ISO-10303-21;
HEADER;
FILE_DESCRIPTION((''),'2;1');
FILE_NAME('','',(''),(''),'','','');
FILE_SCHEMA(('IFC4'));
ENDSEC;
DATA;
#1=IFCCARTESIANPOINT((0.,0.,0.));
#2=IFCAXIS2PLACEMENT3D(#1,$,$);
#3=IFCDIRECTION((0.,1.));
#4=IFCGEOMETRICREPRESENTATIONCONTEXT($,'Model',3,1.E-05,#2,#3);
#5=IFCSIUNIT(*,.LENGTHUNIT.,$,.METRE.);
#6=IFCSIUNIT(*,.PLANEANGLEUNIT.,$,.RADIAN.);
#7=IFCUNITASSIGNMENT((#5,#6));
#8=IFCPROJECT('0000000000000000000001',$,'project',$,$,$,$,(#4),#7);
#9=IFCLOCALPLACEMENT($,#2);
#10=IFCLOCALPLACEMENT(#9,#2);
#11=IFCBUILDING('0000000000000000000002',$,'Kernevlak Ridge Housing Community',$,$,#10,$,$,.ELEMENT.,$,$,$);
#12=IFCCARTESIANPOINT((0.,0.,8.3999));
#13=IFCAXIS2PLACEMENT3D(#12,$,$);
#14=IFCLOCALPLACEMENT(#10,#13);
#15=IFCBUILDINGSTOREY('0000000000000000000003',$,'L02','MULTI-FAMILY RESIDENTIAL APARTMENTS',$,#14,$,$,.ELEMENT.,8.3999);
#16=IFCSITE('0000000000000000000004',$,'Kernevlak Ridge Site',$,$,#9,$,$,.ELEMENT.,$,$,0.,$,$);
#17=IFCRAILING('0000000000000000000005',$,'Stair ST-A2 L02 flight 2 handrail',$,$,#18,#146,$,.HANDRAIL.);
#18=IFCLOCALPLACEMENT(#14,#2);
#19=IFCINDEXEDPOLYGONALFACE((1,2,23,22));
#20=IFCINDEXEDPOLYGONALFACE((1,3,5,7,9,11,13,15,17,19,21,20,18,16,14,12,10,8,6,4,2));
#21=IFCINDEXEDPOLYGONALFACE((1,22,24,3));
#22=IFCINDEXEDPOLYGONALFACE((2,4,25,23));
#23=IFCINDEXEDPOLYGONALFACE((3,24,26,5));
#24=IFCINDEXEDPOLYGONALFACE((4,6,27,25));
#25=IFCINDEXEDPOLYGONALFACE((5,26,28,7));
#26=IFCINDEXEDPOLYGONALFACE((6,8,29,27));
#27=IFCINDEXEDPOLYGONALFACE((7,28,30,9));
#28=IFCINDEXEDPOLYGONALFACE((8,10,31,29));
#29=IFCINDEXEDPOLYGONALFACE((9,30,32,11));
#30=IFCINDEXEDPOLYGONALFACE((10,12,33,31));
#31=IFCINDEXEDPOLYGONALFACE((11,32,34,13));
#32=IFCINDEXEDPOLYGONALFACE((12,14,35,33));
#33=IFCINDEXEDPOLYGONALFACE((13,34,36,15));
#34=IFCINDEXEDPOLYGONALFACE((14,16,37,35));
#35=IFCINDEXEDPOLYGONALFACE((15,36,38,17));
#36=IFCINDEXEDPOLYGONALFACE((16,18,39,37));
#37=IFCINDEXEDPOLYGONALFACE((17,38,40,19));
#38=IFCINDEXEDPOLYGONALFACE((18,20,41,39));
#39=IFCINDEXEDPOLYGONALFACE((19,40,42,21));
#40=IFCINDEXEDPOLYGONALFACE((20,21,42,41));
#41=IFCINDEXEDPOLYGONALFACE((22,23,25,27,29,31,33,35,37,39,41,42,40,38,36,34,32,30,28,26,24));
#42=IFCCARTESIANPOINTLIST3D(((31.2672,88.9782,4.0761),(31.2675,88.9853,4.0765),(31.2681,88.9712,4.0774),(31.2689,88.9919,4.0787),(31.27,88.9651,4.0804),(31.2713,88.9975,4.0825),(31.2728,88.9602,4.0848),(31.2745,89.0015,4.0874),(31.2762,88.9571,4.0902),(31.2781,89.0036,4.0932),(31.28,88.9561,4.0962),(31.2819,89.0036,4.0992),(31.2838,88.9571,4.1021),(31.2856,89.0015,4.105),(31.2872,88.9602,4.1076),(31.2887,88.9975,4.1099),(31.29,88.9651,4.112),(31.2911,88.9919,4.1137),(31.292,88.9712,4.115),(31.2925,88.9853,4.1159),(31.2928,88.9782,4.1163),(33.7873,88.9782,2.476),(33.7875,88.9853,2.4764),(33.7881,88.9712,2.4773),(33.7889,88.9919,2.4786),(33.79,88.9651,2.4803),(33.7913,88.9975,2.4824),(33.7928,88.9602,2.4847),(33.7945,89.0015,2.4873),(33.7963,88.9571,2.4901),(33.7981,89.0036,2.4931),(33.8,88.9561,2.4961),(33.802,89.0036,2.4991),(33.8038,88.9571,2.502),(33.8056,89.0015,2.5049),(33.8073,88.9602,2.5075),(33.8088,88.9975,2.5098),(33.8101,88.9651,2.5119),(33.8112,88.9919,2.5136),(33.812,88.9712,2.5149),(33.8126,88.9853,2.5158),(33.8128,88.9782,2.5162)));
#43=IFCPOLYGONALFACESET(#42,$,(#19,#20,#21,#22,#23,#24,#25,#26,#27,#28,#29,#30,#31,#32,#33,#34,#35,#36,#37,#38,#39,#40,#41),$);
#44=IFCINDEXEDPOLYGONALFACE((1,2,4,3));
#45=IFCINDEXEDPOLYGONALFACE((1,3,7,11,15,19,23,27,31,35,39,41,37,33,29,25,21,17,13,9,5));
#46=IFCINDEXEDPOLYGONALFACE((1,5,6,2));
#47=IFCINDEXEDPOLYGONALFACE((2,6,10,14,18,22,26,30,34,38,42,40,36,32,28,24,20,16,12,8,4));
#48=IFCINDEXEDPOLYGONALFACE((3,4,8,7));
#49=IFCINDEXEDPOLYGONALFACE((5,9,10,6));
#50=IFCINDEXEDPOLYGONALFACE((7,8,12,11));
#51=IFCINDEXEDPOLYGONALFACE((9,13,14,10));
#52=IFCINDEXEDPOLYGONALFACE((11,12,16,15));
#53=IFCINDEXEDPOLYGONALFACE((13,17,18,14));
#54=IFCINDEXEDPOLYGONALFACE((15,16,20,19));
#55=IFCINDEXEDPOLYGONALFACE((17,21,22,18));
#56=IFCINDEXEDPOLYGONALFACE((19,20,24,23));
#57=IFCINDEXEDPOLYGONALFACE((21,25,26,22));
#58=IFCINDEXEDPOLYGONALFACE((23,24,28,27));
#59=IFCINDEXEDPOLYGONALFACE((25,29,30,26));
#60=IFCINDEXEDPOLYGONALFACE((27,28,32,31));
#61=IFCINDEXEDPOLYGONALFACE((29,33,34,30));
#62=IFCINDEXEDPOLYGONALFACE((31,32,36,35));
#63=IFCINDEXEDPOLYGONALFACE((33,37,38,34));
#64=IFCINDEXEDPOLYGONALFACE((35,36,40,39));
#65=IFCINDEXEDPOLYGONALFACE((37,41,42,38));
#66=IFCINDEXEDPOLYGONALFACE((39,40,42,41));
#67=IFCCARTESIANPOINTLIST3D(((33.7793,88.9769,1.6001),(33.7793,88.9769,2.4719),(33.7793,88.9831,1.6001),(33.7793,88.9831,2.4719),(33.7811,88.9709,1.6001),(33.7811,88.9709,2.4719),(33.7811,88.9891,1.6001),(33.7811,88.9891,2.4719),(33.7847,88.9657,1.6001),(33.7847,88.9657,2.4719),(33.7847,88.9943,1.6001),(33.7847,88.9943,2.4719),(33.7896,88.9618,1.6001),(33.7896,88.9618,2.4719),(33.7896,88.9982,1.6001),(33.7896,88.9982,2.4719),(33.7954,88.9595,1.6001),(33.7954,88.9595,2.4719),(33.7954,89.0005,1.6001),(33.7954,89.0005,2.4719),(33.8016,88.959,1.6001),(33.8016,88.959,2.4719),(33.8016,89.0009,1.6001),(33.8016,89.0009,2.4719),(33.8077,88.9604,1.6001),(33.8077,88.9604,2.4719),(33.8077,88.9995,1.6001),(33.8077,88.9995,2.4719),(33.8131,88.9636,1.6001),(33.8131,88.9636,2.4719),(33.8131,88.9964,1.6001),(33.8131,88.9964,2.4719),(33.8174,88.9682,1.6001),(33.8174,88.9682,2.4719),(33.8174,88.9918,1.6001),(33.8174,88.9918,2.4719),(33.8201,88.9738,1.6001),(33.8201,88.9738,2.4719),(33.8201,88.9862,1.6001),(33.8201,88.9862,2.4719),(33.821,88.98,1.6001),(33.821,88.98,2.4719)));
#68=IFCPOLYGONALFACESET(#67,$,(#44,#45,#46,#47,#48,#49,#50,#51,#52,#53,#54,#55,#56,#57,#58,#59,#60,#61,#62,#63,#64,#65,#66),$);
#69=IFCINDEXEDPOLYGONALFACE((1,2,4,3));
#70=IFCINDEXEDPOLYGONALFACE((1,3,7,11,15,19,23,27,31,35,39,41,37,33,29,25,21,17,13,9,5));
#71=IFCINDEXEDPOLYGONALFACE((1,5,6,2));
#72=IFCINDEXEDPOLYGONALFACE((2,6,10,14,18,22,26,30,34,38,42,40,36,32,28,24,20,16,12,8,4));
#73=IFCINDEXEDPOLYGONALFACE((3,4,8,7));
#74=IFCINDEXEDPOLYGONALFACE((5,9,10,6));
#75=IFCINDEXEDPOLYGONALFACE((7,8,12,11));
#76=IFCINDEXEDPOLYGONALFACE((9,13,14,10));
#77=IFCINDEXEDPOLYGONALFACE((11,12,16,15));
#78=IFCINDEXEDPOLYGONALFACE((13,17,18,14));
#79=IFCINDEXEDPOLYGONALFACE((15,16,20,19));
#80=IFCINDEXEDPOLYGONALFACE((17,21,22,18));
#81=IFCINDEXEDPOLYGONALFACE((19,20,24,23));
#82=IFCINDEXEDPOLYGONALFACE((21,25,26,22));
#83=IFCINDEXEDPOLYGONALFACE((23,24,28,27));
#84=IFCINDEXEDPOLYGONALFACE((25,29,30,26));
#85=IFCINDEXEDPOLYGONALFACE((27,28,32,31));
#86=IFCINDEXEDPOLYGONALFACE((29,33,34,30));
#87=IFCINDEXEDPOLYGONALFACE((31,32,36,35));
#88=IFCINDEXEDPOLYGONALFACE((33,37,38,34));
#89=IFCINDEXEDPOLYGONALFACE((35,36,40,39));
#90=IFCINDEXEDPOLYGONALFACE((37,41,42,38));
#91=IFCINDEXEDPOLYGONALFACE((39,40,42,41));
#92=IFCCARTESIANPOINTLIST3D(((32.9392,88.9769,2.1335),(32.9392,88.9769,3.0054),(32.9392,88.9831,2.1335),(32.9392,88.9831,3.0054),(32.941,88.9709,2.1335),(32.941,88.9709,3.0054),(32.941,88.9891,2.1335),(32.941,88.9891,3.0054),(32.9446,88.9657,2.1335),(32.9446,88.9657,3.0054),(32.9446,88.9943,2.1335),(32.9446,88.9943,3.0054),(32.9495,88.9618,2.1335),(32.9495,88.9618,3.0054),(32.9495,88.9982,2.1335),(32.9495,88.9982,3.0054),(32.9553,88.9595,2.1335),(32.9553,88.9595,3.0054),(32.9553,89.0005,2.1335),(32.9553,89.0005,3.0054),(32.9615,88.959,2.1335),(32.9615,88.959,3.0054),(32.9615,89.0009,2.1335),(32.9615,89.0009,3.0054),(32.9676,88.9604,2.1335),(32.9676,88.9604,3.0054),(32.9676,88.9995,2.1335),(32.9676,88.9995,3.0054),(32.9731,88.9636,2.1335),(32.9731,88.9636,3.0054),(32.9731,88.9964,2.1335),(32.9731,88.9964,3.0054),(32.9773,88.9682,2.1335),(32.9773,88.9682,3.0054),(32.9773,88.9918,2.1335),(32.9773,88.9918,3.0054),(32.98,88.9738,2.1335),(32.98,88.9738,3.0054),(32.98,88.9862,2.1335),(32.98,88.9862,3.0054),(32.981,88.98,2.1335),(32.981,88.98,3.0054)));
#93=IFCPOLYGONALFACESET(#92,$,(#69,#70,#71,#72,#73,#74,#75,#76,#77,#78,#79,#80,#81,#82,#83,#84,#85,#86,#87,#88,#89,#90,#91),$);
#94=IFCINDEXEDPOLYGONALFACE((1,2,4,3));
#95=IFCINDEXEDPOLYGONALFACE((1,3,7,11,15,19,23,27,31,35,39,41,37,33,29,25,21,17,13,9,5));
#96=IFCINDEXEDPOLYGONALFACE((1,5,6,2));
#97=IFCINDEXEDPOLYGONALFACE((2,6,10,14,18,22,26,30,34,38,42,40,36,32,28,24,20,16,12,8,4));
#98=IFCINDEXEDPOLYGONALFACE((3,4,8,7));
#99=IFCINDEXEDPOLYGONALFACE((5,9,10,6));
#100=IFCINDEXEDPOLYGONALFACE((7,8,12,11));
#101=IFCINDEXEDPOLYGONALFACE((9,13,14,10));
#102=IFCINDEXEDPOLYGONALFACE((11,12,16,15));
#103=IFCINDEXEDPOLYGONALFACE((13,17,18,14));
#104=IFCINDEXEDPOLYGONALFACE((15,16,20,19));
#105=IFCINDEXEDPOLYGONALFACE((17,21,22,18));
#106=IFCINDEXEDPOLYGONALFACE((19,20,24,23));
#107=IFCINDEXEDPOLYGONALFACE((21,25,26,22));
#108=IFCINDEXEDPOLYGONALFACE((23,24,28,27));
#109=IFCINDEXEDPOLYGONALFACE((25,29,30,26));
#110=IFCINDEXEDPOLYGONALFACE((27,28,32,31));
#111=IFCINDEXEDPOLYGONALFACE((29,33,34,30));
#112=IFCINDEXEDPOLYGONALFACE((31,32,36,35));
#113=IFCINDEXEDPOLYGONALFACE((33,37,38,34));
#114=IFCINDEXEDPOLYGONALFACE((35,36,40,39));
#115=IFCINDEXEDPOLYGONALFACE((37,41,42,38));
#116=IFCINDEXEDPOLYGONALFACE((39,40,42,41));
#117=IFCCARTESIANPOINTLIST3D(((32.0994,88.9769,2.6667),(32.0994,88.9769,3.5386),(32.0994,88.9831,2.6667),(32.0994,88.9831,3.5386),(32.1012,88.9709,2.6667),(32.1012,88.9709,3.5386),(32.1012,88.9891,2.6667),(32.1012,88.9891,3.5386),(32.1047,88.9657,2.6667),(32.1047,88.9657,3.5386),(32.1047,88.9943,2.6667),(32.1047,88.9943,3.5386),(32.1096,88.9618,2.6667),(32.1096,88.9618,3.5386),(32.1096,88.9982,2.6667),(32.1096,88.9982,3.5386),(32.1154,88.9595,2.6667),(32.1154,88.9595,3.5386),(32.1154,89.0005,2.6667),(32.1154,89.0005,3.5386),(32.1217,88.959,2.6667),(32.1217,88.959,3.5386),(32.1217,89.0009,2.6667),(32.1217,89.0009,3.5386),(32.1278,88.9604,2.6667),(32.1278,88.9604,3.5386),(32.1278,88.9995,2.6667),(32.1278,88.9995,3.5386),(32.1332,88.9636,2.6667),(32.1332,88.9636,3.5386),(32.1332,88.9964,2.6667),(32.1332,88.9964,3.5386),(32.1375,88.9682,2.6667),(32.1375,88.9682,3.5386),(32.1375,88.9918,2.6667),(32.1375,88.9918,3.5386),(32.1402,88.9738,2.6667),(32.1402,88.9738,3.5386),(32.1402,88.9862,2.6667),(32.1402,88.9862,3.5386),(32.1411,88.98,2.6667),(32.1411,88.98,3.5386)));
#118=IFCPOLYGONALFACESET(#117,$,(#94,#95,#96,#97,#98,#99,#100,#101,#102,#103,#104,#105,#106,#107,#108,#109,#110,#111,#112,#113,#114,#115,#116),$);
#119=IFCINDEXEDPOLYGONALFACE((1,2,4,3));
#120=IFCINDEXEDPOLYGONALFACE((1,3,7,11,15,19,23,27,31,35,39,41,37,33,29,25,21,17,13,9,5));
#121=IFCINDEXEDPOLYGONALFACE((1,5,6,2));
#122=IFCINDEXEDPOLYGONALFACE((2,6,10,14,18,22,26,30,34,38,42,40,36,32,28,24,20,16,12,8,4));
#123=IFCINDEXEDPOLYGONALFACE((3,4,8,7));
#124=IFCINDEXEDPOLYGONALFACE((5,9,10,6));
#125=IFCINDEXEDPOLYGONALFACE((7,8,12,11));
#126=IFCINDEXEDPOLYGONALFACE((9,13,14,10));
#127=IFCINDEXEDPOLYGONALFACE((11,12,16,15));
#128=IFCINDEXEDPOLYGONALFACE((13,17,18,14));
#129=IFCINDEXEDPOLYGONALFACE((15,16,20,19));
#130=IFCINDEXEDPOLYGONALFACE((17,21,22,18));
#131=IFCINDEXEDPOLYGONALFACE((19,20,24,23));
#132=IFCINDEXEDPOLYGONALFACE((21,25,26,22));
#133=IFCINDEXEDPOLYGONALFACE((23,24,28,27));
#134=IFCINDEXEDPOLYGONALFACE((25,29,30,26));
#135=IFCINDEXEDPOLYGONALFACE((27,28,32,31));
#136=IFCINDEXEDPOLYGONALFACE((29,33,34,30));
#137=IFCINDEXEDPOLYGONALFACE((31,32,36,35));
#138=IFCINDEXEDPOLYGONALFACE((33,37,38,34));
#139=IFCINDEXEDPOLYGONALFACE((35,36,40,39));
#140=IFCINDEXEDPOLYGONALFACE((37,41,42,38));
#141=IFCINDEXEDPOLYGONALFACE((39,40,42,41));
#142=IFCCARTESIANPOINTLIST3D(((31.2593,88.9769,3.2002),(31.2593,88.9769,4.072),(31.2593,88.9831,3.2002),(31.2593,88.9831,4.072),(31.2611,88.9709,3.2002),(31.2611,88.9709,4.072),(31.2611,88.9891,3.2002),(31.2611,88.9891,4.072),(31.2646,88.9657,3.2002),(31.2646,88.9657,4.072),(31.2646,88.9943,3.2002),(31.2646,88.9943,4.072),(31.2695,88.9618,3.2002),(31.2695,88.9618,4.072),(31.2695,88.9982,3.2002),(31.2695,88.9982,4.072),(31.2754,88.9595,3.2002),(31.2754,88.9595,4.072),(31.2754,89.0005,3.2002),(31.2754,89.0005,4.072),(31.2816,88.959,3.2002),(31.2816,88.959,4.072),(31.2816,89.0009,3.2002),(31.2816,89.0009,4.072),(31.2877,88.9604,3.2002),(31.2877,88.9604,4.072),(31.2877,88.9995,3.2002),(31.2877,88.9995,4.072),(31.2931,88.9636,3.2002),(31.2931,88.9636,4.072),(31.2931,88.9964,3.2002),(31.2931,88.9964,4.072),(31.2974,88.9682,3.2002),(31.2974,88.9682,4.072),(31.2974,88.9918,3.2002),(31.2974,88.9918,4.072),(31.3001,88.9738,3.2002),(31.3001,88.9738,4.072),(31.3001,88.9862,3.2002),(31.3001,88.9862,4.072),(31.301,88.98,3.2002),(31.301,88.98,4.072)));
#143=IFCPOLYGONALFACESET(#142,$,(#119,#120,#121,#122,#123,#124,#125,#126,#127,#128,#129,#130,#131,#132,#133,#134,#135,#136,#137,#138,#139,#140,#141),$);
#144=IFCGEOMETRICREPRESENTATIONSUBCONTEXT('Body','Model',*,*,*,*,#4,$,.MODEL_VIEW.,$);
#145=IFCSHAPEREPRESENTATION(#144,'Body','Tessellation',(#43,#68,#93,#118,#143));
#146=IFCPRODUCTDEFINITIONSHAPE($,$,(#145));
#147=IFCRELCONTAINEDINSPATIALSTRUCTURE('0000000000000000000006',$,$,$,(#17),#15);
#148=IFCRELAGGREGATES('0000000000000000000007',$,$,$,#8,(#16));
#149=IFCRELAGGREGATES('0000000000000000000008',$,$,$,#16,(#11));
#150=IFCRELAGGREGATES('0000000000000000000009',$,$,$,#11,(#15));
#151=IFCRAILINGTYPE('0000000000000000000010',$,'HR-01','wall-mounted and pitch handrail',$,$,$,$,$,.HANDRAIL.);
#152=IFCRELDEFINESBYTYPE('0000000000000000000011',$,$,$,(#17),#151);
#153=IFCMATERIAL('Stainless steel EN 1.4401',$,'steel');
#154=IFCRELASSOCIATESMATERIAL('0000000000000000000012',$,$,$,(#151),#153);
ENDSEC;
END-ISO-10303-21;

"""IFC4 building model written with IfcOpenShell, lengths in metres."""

from ifc_helpers import new_model, si_unit, direction, frame, origin, origin_2d, place, context, subcontext, project, spatial, circle, extrude, material, type_object, element, save


model = new_model("IFC4")

# Units and contexts
model_context = context("Model", 3, precision=1e-05, world=origin(), true_north=direction((0.0, 1.0)))
body_context = subcontext(model_context, "Body", "Model", "MODEL_VIEW")
ifc_project = project(units=[si_unit("LENGTHUNIT", "METRE"), si_unit("PLANEANGLEUNIT", "RADIAN")], contexts=[model_context])

# Site, building, storey
site_placement = place(None, origin())
site = spatial("IfcSite", under=ifc_project, at=site_placement, Name="Kernevlak Ridge Site", CompositionType="ELEMENT", RefElevation=0.0)
building_placement = place(site_placement, origin())
building = spatial("IfcBuilding", under=site, at=building_placement, Name="Kernevlak Ridge Housing Community", CompositionType="ELEMENT")
storey_placement = place(building_placement, frame((0.0, 0.0, 8.3999)))
storey = spatial("IfcBuildingStorey", under=building, at=storey_placement, Name="L02", Description="MULTI-FAMILY RESIDENTIAL APARTMENTS", CompositionType="ELEMENT", Elevation=8.3999)

# Railing
ifc_material_1 = material(Name="Stainless steel EN 1.4401", Category="steel")
railing_type_1 = type_object("IfcRailingType", Name="HR-01", Description="wall-mounted and pitch handrail", PredefinedType="HANDRAIL", material=ifc_material_1)
railing_1_placement = place(storey_placement, frame((33.8, 88.98, 1.6001)))
element("IfcRailing", 1, at=railing_1_placement, inside=storey, type_object=railing_type_1, Name="Stair ST-A2 L02 flight 2 handrail", PredefinedType="HANDRAIL", context=body_context, shape_type="SweptSolid", body=[
    extrude(circle(Radius=0.0239, at=origin_2d()), frame((0.0, 0.0, 0.896), z_axis=(-0.8442, 0.0, 0.536028), x_axis=(0.0, -1.0, 0.0)), (0.0, 0.0, 1.0), 2.9851),
    extrude(circle(Radius=0.021, at=origin_2d()), origin(), (0.0, 0.0, 1.0), 0.8718),
    extrude(circle(Radius=0.021, at=origin_2d()), frame((-0.8401, 0.0, 0.5334)), (0.0, 0.0, 1.0), 0.8718),
    extrude(circle(Radius=0.021, at=origin_2d()), frame((-1.6799, 0.0, 1.0667)), (0.0, 0.0, 1.0), 0.8718),
    extrude(circle(Radius=0.021, at=origin_2d()), frame((-2.52, 0.0, 1.6001)), (0.0, 0.0, 1.0), 0.8718),
])

save(model, "model.ifc")
